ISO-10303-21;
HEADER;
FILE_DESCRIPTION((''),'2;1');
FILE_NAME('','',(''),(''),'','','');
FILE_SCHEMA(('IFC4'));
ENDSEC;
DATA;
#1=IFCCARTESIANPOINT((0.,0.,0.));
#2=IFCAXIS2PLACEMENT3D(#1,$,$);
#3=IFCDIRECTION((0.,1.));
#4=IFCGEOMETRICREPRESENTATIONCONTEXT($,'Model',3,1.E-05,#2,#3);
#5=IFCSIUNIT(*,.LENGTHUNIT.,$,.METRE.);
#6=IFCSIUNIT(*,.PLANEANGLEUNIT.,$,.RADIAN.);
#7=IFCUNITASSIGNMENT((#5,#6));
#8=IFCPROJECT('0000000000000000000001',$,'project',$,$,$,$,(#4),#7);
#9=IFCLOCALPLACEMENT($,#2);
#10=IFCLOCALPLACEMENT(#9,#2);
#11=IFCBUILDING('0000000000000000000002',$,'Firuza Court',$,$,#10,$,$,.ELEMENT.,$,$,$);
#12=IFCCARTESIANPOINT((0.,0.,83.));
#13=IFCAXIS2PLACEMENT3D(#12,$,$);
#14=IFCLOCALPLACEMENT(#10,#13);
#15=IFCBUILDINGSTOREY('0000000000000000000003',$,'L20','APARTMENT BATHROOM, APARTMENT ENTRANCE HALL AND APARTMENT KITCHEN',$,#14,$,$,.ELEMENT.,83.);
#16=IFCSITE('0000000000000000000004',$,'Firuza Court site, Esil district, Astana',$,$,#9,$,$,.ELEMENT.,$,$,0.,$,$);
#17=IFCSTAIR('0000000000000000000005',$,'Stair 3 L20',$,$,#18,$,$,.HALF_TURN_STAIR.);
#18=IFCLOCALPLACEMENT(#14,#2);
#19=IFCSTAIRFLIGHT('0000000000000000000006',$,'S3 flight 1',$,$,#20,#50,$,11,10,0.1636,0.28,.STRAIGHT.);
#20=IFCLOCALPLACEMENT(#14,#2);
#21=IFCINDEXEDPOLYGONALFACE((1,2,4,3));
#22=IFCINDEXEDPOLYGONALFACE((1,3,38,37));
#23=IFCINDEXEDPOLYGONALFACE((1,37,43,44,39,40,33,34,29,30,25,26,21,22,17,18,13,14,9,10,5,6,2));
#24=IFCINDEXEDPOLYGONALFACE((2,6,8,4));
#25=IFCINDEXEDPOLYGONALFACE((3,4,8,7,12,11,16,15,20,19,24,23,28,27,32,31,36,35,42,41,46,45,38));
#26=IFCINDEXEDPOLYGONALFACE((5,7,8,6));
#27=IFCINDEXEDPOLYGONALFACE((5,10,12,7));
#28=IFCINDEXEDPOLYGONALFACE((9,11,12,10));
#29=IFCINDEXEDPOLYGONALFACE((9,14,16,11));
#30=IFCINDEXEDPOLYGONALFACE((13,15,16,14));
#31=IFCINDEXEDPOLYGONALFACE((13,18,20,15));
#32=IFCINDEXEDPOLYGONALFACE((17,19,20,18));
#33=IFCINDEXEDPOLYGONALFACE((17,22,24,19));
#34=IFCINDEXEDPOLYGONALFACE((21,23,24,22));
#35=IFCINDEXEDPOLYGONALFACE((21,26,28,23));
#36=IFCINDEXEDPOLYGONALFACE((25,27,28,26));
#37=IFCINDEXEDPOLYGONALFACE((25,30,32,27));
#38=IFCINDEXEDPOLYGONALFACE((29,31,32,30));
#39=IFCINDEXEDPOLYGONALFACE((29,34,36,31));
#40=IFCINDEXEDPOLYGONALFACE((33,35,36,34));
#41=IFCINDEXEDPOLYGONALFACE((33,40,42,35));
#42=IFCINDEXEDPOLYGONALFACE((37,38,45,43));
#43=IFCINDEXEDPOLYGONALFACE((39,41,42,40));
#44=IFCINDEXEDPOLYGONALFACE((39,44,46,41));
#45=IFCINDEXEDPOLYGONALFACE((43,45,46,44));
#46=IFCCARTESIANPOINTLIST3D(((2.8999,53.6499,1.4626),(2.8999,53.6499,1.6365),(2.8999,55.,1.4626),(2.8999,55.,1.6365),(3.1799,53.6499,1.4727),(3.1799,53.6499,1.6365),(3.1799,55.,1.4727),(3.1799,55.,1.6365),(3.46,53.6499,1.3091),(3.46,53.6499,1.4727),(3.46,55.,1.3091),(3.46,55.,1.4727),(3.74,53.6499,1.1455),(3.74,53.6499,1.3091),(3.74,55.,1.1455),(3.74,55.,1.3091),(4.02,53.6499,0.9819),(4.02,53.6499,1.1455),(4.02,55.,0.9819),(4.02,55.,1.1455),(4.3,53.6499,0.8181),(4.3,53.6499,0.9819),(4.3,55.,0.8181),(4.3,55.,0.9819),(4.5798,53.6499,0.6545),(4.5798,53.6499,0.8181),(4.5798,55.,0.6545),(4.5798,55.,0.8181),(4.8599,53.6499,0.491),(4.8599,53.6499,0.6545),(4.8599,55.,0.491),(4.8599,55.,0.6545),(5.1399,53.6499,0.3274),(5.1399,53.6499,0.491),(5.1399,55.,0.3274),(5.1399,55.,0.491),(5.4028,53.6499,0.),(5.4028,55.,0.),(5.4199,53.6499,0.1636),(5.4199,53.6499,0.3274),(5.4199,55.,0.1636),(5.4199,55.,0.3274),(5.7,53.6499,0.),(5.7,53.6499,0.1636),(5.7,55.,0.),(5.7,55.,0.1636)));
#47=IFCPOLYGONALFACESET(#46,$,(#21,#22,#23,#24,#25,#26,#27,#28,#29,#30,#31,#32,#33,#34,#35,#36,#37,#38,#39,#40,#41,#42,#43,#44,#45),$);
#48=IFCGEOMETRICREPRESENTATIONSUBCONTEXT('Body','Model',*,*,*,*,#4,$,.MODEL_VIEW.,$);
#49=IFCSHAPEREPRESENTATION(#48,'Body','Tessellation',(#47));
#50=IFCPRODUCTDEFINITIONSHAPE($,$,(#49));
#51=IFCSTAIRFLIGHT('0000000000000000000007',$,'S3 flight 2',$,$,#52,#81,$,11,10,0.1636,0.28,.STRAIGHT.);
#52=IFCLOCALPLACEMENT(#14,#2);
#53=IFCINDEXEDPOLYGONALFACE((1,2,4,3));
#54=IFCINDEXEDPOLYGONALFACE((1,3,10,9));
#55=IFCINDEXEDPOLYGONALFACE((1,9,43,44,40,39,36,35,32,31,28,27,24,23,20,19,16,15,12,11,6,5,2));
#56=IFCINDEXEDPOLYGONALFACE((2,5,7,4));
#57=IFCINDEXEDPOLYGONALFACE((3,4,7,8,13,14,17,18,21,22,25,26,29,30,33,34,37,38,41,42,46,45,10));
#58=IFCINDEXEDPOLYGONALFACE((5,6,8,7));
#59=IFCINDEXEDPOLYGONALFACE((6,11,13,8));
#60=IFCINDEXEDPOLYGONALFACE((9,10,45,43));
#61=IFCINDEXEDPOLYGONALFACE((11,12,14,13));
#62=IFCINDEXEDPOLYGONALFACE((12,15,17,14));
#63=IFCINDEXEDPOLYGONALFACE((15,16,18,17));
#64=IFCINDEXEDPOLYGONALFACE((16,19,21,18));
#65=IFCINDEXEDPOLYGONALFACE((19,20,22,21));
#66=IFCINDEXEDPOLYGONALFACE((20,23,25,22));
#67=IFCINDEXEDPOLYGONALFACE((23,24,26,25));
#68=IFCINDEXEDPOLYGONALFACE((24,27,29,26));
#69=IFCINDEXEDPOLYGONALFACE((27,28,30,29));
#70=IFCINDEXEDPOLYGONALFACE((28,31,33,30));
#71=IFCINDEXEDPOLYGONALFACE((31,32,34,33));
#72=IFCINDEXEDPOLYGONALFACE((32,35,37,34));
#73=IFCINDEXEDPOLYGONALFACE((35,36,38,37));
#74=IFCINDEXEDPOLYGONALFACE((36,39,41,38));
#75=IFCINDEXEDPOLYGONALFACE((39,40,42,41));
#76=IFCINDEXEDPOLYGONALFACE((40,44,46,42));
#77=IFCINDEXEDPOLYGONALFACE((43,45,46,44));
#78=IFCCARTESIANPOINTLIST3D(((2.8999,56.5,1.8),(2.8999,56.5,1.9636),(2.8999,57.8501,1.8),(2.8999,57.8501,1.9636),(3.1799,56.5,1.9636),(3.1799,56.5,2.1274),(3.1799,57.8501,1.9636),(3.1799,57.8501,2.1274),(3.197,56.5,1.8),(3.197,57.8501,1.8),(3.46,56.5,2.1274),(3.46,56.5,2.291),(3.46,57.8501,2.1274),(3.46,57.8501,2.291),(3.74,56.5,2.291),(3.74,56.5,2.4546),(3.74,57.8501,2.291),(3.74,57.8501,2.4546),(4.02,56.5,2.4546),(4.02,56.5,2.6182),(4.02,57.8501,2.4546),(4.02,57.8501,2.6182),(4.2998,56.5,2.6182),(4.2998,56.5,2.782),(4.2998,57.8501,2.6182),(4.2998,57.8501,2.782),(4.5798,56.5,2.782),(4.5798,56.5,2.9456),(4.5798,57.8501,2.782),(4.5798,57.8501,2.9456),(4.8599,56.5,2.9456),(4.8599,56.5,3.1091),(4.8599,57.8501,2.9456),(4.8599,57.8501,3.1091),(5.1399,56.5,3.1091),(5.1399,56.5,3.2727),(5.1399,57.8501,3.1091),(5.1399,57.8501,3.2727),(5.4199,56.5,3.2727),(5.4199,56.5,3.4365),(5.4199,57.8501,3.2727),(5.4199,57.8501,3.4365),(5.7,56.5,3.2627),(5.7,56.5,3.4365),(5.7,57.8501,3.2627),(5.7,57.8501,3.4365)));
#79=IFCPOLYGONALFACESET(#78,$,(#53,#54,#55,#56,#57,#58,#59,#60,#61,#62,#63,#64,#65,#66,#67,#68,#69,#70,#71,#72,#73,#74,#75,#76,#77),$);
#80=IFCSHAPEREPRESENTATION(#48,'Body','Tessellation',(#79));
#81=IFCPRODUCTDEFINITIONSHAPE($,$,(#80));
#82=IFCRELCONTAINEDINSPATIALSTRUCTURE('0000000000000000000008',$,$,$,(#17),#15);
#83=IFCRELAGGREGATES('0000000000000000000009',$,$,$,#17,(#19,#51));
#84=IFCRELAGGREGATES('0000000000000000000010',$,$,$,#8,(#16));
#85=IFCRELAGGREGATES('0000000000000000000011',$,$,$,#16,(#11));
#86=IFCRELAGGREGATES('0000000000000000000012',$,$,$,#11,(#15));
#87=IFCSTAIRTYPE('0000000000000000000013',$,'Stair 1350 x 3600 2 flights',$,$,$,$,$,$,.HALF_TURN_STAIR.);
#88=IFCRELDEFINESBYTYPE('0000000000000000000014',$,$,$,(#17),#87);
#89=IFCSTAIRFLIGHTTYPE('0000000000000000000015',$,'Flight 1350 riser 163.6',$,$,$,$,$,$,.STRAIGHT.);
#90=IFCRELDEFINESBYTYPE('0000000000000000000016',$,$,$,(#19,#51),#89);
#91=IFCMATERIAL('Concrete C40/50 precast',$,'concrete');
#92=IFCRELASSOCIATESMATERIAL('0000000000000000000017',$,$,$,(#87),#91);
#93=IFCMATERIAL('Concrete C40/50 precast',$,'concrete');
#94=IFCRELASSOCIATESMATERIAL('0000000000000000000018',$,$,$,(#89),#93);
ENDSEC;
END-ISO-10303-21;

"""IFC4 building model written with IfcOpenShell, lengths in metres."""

from ifc_helpers import new_model, si_unit, direction, frame, origin, place, context, subcontext, project, spatial, polyline, outline, extrude, material, type_object, element, aggregate, save


model = new_model("IFC4")

# Units and contexts
model_context = context("Model", 3, precision=1e-05, world=origin(), true_north=direction((0.0, 1.0)))
body_context = subcontext(model_context, "Body", "Model", "MODEL_VIEW")
ifc_project = project(units=[si_unit("LENGTHUNIT", "METRE"), si_unit("PLANEANGLEUNIT", "RADIAN")], contexts=[model_context])

# Site, building, storey
site_placement = place(None, origin())
site = spatial("IfcSite", under=ifc_project, at=site_placement, Name="Firuza Court site, Esil district, Astana", CompositionType="ELEMENT", RefElevation=0.0)
building_placement = place(site_placement, origin())
building = spatial("IfcBuilding", under=site, at=building_placement, Name="Firuza Court", CompositionType="ELEMENT")
storey_placement = place(building_placement, frame((0.0, 0.0, 83.0)))
storey = spatial("IfcBuildingStorey", under=building, at=storey_placement, Name="L20", Description="APARTMENT BATHROOM, APARTMENT ENTRANCE HALL AND APARTMENT KITCHEN", CompositionType="ELEMENT", Elevation=83.0)

# Stair, stair flights
ifc_material_1 = material(Name="Concrete C40/50 precast", Category="concrete")
stair_type = type_object("IfcStairType", Name="Stair 1350 x 3600 2 flights", PredefinedType="HALF_TURN_STAIR", material=ifc_material_1)
stair_placement = place(storey_placement, origin())
stair = element("IfcStair", 1, at=stair_placement, inside=storey, type_object=stair_type, Name="Stair 3 L20", PredefinedType="HALF_TURN_STAIR")
ifc_material_2 = material(Name="Concrete C40/50 precast", Category="concrete")
stair_flight_type = type_object("IfcStairFlightType", Name="Flight 1350 riser 163.6", PredefinedType="STRAIGHT", material=ifc_material_2)
stair_flight_1_placement = place(storey_placement, frame((5.7, 54.325, 0.0), z_axis=(0.0, 0.0, 1.0), x_axis=(-1.0, 0.0, 0.0)))
stair_flight_1 = element("IfcStairFlight", 2, at=stair_flight_1_placement, type_object=stair_flight_type, Name="S3 flight 1", NumberOfRisers=11, NumberOfTreads=10, PredefinedType="STRAIGHT", RiserHeight=0.1636, TreadLength=0.28, context=body_context, shape_type="SweptSolid", body=[
    extrude(outline(polyline([(0.0, 0.0), (0.0, 0.1636), (0.28, 0.1636), (0.28, 0.3274), (0.5601, 0.3274), (0.5601, 0.491), (0.8401, 0.491), (0.8401, 0.6545), (1.1201, 0.6545), (1.1201, 0.8181), (1.3999, 0.8181), (1.3999, 0.9819), (1.6799, 0.9819), (1.6799, 1.1455), (1.96, 1.1455), (1.96, 1.3091), (2.24, 1.3091), (2.24, 1.4727), (2.52, 1.4727), (2.52, 1.6365), (2.8, 1.6365), (2.8, 1.8), (2.8, 1.4626), (0.2971, 0.0), (0.0, 0.0)])), frame((0.0, 0.675, 0.0), z_axis=(0.0, -1.0, 0.0), x_axis=(1.0, 0.0, 0.0)), (0.0, 0.0, 1.0), 1.3501),
])
stair_flight_2_placement = place(storey_placement, frame((2.8999, 57.175, 1.8), z_axis=(0.0, 0.0, 1.0), x_axis=(1.0, 0.0, 0.0)))
stair_flight_2 = element("IfcStairFlight", 3, at=stair_flight_2_placement, type_object=stair_flight_type, Name="S3 flight 2", NumberOfRisers=11, NumberOfTreads=10, PredefinedType="STRAIGHT", RiserHeight=0.1636, TreadLength=0.28, context=body_context, shape_type="SweptSolid", body=[
    extrude(outline(polyline([(0.0, 0.0), (0.0, 0.1636), (0.28, 0.1636), (0.28, 0.3274), (0.5601, 0.3274), (0.5601, 0.491), (0.8401, 0.491), (0.8401, 0.6545), (1.1201, 0.6545), (1.1201, 0.8181), (1.3999, 0.8181), (1.3999, 0.9819), (1.6799, 0.9819), (1.6799, 1.1455), (1.96, 1.1455), (1.96, 1.3091), (2.24, 1.3091), (2.24, 1.4727), (2.52, 1.4727), (2.52, 1.6365), (2.8, 1.6365), (2.8, 1.8), (2.8, 1.4626), (0.2971, 0.0), (0.0, 0.0)])), frame((0.0, 0.675, 0.0), z_axis=(0.0, -1.0, 0.0), x_axis=(1.0, 0.0, 0.0)), (0.0, 0.0, 1.0), 1.3501),
])
aggregate(stair, [stair_flight_1, stair_flight_2])

save(model, "model.ifc")
